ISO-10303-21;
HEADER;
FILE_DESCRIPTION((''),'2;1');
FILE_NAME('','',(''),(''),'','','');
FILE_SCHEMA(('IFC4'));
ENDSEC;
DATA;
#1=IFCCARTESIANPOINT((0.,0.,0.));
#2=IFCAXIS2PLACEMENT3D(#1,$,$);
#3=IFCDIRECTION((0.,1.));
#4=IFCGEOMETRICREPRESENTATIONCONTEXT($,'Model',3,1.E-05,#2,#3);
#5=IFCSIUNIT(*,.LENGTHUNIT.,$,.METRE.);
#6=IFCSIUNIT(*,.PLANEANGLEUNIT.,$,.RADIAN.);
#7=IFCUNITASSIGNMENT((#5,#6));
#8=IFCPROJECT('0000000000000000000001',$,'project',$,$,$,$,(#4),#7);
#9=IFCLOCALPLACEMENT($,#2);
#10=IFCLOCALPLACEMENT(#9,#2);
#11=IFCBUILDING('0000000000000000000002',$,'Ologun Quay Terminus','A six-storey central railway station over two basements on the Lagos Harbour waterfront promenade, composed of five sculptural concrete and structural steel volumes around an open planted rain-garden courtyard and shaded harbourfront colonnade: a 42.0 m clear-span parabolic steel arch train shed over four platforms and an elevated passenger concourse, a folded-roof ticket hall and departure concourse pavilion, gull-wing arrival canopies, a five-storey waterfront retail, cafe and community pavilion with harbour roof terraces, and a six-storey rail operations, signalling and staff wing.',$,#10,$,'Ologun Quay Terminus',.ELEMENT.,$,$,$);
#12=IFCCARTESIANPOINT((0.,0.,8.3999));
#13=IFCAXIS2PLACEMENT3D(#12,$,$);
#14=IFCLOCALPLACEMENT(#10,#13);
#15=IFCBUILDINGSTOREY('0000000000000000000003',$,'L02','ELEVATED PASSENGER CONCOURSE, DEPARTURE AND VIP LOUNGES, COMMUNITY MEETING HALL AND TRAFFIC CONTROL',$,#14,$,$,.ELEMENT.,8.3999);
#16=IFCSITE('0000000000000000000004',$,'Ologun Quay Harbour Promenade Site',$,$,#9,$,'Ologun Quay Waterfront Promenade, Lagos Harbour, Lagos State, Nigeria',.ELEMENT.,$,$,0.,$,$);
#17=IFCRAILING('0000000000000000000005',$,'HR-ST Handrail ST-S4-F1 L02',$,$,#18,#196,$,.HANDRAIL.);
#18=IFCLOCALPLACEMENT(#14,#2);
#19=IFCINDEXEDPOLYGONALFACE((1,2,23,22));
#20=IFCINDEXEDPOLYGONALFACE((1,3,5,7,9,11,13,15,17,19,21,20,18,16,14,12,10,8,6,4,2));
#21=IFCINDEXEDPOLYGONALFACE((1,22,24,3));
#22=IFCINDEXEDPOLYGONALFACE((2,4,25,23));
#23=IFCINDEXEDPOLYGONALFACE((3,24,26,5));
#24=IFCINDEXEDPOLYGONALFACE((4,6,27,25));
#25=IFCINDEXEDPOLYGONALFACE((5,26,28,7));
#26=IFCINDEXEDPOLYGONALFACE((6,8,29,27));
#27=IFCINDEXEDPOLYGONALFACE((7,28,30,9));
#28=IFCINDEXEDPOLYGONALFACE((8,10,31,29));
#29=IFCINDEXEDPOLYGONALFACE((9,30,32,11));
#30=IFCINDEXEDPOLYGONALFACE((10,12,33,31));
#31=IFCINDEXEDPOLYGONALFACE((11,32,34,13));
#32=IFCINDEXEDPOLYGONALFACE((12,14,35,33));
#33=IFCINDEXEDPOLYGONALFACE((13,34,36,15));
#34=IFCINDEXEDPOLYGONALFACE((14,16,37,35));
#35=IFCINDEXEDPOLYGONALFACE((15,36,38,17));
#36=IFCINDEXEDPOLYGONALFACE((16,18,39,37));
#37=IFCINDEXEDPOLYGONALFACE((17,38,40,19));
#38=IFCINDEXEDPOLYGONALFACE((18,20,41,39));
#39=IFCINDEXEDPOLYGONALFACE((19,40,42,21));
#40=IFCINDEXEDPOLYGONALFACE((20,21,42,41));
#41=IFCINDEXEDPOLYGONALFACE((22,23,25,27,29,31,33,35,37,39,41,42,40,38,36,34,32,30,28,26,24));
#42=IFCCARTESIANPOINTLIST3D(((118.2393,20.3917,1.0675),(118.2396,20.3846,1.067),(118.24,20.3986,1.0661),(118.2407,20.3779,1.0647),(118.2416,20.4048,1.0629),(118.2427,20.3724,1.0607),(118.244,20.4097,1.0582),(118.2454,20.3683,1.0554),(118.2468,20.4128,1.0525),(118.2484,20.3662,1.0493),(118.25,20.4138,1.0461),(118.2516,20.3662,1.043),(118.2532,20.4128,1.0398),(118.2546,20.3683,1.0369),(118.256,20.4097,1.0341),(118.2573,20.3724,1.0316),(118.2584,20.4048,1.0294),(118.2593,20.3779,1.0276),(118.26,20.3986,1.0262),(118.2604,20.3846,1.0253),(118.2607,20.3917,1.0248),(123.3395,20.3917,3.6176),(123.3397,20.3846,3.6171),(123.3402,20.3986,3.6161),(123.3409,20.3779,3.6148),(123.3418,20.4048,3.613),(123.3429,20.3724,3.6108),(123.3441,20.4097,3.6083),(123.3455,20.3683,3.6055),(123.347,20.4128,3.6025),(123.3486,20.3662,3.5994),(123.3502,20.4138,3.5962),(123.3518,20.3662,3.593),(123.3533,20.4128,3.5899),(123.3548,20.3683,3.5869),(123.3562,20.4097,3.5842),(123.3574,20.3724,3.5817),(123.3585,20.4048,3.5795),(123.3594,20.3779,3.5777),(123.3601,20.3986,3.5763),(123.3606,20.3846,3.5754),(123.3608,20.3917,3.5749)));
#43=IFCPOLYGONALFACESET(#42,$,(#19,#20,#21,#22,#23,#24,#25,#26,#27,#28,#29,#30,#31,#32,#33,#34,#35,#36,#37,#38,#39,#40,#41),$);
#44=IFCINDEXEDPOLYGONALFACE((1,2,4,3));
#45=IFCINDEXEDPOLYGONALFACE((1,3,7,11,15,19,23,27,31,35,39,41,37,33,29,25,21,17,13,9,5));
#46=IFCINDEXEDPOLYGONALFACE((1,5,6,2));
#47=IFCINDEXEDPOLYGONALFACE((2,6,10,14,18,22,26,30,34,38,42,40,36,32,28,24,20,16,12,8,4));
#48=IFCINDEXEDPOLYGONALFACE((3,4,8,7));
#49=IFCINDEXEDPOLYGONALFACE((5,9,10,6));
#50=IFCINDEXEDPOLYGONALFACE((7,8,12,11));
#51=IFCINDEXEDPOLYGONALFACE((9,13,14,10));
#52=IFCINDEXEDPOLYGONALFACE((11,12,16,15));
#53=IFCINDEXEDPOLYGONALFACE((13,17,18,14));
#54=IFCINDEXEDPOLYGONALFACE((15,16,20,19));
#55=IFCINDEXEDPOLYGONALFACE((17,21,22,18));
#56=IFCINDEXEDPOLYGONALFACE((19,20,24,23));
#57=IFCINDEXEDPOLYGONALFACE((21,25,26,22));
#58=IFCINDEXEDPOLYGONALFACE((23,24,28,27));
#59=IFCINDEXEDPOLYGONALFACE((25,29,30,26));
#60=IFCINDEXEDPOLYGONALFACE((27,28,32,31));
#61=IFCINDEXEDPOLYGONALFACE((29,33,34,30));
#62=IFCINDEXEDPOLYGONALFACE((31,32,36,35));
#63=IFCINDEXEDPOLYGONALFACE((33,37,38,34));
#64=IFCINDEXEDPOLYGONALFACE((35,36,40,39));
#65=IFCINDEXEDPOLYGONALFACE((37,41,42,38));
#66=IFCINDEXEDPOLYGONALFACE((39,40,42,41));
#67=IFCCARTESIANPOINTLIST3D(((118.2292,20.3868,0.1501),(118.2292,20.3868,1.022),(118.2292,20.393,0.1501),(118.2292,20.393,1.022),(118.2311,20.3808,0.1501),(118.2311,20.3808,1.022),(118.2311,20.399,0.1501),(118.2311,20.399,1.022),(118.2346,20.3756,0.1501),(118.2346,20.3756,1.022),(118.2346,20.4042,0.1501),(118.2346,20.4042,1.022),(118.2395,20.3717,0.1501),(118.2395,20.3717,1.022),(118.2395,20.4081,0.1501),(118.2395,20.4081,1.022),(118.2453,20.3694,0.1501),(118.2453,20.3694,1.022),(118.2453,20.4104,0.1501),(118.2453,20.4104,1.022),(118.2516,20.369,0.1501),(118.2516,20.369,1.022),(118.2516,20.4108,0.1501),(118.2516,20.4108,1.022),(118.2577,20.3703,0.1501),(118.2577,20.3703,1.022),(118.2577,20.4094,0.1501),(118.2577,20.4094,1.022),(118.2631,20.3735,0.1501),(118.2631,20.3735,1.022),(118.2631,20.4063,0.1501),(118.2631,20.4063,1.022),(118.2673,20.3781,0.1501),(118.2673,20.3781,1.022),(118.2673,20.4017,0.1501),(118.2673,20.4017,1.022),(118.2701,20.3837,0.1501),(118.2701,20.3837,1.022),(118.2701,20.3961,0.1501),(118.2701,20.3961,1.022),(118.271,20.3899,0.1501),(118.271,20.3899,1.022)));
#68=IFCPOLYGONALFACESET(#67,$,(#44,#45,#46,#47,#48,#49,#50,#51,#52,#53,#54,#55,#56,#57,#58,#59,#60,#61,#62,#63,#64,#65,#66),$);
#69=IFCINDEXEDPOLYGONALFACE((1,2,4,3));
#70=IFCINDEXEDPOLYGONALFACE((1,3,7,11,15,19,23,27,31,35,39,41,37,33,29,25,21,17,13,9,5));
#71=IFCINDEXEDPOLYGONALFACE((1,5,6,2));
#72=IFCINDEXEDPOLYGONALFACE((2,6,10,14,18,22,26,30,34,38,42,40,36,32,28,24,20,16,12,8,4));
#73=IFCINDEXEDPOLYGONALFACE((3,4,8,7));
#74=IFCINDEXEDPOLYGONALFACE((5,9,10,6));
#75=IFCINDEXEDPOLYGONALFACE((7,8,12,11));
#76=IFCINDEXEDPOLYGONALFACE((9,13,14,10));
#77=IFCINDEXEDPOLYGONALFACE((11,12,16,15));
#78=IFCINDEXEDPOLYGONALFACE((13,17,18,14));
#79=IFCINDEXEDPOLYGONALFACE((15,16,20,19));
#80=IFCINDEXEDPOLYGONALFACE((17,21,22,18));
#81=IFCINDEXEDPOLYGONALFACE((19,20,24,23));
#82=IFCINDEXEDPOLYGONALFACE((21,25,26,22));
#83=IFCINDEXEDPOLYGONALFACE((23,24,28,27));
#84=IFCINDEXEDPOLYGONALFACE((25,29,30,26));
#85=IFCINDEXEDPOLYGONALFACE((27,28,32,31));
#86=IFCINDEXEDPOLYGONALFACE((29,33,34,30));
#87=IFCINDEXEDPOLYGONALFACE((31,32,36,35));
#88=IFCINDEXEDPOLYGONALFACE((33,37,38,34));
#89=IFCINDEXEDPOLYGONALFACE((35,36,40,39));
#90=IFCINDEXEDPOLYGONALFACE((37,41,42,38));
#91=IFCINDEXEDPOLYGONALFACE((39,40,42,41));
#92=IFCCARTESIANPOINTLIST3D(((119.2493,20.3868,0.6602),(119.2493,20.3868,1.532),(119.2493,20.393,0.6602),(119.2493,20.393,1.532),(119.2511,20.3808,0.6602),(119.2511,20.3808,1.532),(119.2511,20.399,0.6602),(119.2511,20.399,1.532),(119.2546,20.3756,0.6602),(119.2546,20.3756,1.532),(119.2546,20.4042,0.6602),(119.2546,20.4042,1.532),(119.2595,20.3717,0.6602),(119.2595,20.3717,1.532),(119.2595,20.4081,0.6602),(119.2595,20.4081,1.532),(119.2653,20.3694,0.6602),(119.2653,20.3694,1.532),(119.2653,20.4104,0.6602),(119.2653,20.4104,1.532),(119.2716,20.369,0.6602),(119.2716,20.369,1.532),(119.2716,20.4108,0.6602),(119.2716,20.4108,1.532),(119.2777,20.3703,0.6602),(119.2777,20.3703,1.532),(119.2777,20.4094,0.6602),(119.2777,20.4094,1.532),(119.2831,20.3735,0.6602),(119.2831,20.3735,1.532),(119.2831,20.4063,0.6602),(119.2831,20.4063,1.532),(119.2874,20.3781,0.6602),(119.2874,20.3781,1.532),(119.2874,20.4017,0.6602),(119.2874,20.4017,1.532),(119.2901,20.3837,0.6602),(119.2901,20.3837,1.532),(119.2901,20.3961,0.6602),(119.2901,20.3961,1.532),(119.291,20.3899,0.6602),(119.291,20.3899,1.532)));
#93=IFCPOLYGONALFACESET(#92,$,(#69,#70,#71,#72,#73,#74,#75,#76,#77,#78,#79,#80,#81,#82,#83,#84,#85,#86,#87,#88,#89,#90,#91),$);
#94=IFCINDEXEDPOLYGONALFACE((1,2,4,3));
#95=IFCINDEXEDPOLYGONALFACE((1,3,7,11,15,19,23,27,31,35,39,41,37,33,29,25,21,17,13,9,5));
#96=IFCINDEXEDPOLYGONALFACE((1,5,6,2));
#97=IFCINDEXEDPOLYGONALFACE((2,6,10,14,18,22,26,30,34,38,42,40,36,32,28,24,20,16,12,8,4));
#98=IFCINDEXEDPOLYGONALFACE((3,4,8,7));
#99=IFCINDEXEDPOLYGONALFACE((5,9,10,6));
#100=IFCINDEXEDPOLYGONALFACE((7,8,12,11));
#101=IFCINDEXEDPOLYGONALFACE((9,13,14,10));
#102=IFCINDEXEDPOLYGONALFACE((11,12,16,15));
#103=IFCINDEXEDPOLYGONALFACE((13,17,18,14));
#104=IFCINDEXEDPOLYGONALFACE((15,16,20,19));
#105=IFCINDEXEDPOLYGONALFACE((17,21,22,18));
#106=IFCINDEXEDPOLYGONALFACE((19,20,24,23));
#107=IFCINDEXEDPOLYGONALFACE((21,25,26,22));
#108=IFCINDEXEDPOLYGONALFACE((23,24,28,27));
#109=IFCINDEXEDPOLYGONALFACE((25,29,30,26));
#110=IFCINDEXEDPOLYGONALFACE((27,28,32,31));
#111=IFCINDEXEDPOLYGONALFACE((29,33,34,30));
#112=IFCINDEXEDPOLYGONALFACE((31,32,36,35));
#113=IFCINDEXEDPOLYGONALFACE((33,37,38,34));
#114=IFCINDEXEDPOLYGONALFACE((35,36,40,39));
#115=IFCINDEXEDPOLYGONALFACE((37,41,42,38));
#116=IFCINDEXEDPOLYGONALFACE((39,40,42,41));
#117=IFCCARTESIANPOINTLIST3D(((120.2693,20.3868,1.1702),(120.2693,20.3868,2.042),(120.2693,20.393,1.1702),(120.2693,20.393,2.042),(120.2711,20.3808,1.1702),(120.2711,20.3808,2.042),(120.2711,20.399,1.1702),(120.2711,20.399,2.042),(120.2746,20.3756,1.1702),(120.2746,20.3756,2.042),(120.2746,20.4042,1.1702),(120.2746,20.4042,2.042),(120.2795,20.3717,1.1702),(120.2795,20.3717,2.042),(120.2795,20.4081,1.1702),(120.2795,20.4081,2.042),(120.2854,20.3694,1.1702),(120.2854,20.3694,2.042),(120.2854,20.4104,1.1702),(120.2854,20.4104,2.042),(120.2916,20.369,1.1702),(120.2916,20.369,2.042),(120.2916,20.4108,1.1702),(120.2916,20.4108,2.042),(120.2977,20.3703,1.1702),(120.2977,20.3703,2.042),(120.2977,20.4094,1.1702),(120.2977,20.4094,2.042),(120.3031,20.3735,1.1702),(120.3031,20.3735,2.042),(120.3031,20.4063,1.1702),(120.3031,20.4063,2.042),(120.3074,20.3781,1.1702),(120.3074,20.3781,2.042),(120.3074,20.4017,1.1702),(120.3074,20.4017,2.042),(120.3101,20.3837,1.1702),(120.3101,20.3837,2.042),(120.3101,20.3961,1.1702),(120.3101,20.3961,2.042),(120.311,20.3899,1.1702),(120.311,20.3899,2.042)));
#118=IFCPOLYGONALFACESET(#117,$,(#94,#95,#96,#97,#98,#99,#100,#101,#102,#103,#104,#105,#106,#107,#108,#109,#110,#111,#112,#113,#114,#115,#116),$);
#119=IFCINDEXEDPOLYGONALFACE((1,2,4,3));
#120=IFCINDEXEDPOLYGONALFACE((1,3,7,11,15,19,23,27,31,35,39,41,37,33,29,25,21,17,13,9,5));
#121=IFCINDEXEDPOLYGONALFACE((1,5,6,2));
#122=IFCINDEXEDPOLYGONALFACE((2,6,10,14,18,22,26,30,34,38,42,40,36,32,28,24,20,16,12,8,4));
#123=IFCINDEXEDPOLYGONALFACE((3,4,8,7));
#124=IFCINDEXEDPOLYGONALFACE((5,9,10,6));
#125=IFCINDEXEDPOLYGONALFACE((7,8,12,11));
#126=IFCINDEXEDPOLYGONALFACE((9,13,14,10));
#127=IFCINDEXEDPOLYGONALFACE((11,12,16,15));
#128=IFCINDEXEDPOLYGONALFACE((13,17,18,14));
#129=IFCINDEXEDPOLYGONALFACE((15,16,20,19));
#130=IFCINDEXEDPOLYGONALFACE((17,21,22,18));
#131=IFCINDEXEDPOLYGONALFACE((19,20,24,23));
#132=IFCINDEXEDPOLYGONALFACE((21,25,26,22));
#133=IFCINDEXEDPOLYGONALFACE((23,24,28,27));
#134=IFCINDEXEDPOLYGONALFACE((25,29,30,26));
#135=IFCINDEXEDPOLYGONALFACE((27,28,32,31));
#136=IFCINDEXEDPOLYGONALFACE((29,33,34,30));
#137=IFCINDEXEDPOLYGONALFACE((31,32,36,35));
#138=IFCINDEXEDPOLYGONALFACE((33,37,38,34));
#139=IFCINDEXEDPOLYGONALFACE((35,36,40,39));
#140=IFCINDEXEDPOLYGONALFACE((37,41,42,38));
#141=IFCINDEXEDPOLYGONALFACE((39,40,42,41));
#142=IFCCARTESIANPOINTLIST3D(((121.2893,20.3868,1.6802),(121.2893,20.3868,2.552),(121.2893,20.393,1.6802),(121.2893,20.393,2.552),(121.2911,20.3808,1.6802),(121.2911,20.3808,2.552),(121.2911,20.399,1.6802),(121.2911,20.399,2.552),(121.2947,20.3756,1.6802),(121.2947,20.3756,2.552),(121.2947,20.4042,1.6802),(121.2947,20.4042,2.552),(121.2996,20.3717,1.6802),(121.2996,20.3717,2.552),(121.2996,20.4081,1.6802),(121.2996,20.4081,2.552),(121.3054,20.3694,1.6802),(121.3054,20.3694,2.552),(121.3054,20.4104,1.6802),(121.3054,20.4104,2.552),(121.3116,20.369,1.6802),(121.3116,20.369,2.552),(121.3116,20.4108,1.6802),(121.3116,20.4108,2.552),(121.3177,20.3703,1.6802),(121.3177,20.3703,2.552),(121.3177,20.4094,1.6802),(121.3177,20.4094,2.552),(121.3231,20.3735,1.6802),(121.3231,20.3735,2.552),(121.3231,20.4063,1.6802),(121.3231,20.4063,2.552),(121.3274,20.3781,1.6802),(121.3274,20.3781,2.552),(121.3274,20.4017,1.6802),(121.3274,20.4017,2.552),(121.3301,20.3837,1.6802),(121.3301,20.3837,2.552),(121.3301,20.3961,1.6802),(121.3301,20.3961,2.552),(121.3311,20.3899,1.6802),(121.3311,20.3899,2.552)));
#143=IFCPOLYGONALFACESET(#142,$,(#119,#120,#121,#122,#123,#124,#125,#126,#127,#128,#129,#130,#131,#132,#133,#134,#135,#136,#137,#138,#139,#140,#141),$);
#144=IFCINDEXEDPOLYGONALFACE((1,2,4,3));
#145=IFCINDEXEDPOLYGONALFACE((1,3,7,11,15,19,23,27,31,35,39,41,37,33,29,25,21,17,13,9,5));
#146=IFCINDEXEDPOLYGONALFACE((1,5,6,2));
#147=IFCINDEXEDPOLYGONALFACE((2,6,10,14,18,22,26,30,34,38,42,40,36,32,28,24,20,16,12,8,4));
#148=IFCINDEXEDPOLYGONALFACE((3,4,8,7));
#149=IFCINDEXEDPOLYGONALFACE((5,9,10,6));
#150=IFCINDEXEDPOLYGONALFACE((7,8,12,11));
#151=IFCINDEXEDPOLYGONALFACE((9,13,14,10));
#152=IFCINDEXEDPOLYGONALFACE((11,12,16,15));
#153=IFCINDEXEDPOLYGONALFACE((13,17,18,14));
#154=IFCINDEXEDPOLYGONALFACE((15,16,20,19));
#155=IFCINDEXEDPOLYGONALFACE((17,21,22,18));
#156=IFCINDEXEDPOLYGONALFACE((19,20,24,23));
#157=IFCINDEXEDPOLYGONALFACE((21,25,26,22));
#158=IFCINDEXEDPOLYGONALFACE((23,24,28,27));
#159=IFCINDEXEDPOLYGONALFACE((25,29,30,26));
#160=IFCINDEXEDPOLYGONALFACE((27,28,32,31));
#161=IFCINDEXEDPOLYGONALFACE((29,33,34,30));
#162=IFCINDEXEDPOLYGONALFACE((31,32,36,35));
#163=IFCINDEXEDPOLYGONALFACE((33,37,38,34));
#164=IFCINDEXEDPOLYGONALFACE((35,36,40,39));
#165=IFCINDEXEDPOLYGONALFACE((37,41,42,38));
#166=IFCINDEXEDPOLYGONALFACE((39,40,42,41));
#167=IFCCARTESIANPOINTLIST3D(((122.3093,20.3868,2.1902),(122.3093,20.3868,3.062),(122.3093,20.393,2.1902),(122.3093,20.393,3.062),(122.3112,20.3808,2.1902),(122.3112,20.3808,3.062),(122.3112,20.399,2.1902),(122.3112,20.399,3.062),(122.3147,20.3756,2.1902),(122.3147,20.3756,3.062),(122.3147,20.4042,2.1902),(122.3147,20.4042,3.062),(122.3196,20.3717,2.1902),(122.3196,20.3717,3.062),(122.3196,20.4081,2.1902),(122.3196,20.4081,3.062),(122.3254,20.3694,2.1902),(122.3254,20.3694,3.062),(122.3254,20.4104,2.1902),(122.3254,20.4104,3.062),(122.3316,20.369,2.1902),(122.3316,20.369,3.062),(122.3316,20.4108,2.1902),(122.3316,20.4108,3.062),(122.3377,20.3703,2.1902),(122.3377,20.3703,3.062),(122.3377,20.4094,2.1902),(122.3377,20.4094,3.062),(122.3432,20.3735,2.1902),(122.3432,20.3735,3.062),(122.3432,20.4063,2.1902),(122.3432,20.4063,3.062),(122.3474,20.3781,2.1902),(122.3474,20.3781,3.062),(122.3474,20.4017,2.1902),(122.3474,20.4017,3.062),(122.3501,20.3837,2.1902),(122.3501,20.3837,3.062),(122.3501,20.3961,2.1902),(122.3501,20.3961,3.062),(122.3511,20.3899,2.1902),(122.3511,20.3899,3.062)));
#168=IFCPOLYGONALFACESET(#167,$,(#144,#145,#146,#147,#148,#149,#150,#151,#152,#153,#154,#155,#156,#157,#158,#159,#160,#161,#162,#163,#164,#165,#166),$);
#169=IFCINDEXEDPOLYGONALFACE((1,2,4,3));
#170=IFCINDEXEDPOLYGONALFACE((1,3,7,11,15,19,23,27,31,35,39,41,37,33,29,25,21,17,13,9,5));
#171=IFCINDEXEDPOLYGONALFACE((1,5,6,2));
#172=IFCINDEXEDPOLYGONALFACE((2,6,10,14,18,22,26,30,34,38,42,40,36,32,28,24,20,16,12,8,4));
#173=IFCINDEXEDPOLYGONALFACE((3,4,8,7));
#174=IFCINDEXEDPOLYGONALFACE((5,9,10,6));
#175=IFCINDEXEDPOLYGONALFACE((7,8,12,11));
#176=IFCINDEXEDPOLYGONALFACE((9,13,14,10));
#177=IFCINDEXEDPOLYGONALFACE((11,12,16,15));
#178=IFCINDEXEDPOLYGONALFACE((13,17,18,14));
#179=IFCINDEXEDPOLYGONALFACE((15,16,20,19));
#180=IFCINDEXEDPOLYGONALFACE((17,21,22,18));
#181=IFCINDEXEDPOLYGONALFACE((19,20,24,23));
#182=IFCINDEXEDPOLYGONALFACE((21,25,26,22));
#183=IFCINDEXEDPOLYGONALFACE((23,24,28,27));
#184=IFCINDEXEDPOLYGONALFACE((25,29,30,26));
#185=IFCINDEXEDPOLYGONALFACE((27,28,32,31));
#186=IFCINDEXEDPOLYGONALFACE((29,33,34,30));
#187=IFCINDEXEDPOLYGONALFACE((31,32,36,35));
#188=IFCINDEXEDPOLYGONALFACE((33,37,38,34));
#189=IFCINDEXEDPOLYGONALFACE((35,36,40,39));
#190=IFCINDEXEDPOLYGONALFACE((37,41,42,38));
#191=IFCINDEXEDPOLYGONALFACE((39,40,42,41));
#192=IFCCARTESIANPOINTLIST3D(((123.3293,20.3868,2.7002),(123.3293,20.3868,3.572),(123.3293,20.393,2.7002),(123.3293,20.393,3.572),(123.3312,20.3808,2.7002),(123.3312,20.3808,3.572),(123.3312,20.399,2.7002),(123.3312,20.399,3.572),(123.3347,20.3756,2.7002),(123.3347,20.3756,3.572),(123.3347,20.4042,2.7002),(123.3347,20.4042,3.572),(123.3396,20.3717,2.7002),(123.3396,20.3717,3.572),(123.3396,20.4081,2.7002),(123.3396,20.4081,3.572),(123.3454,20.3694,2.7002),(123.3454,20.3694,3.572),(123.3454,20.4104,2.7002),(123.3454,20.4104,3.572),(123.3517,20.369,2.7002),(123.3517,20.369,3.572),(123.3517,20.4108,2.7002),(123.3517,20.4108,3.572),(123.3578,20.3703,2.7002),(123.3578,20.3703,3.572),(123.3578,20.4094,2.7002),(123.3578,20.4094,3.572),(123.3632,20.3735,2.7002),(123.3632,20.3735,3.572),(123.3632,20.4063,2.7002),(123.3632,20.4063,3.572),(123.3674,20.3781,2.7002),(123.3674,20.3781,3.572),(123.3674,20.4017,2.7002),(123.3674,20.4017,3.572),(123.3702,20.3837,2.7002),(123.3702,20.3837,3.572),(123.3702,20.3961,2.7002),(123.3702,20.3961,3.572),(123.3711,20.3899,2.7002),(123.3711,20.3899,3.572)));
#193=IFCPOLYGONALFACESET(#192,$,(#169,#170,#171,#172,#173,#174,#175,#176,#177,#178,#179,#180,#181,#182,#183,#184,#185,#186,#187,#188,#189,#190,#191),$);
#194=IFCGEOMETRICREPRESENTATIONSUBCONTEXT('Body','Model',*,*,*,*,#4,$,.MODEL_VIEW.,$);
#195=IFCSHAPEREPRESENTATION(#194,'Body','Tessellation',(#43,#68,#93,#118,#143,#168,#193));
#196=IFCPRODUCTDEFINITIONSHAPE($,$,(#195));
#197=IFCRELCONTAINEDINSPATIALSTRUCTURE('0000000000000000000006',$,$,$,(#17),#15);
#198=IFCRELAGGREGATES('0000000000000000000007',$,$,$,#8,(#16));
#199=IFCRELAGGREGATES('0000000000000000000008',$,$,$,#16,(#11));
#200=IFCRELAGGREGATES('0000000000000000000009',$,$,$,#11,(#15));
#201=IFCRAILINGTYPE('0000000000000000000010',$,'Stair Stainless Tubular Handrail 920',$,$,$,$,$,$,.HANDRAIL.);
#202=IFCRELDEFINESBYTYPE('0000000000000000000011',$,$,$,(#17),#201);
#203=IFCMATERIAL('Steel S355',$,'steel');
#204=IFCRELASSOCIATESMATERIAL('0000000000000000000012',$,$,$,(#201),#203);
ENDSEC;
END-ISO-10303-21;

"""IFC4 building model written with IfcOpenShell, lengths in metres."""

from ifc_helpers import new_model, si_unit, direction, frame, origin, origin_2d, place, context, subcontext, project, spatial, circle, extrude, material, type_object, element, save


model = new_model("IFC4")

# Units and contexts
model_context = context("Model", 3, precision=1e-05, world=origin(), true_north=direction((0.0, 1.0)))
body_context = subcontext(model_context, "Body", "Model", "MODEL_VIEW")
ifc_project = project(units=[si_unit("LENGTHUNIT", "METRE"), si_unit("PLANEANGLEUNIT", "RADIAN")], contexts=[model_context])

# Site, building, storey
site_placement = place(None, origin())
site = spatial("IfcSite", under=ifc_project, at=site_placement, Name="Ologun Quay Harbour Promenade Site", LongName="Ologun Quay Waterfront Promenade, Lagos Harbour, Lagos State, Nigeria", CompositionType="ELEMENT", RefElevation=0.0)
building_placement = place(site_placement, origin())
building = spatial("IfcBuilding", under=site, at=building_placement, Name="Ologun Quay Terminus", Description="A six-storey central railway station over two basements on the Lagos Harbour waterfront promenade, composed of five sculptural concrete and structural steel volumes around an open planted rain-garden courtyard and shaded harbourfront colonnade: a 42.0 m clear-span parabolic steel arch train shed over four platforms and an elevated passenger concourse, a folded-roof ticket hall and departure concourse pavilion, gull-wing arrival canopies, a five-storey waterfront retail, cafe and community pavilion with harbour roof terraces, and a six-storey rail operations, signalling and staff wing.", LongName="Ologun Quay Terminus", CompositionType="ELEMENT")
storey_placement = place(building_placement, frame((0.0, 0.0, 8.3999)))
storey = spatial("IfcBuildingStorey", under=building, at=storey_placement, Name="L02", Description="ELEVATED PASSENGER CONCOURSE, DEPARTURE AND VIP LOUNGES, COMMUNITY MEETING HALL AND TRAFFIC CONTROL", CompositionType="ELEMENT", Elevation=8.3999)

# Railing
ifc_material_1 = material(Name="Steel S355", Category="steel")
railing_type_1 = type_object("IfcRailingType", Name="Stair Stainless Tubular Handrail 920", PredefinedType="HANDRAIL", material=ifc_material_1)
railing_1_placement = place(storey_placement, frame((118.25, 20.3899, 0.1501)))
element("IfcRailing", 1, at=railing_1_placement, inside=storey, type_object=railing_type_1, Name="HR-ST Handrail ST-S4-F1 L02", PredefinedType="HANDRAIL", context=body_context, shape_type="SweptSolid", body=[
    extrude(circle(Radius=0.0239, at=origin_2d()), frame((0.0, 0.0, 0.896), z_axis=(0.894427, 0.0, 0.447214), x_axis=(0.0, 1.0, 0.0)), (0.0, 0.0, 1.0), 5.7021),
    extrude(circle(Radius=0.021, at=origin_2d()), origin(), (0.0, 0.0, 1.0), 0.8718),
    extrude(circle(Radius=0.021, at=origin_2d()), frame((1.02, 0.0, 0.51)), (0.0, 0.0, 1.0), 0.8718),
    extrude(circle(Radius=0.021, at=origin_2d()), frame((2.04, 0.0, 1.02)), (0.0, 0.0, 1.0), 0.8718),
    extrude(circle(Radius=0.021, at=origin_2d()), frame((3.0601, 0.0, 1.53)), (0.0, 0.0, 1.0), 0.8718),
    extrude(circle(Radius=0.021, at=origin_2d()), frame((4.0801, 0.0, 2.04)), (0.0, 0.0, 1.0), 0.8718),
    extrude(circle(Radius=0.021, at=origin_2d()), frame((5.1001, 0.0, 2.55)), (0.0, 0.0, 1.0), 0.8718),
])

save(model, "model.ifc")
